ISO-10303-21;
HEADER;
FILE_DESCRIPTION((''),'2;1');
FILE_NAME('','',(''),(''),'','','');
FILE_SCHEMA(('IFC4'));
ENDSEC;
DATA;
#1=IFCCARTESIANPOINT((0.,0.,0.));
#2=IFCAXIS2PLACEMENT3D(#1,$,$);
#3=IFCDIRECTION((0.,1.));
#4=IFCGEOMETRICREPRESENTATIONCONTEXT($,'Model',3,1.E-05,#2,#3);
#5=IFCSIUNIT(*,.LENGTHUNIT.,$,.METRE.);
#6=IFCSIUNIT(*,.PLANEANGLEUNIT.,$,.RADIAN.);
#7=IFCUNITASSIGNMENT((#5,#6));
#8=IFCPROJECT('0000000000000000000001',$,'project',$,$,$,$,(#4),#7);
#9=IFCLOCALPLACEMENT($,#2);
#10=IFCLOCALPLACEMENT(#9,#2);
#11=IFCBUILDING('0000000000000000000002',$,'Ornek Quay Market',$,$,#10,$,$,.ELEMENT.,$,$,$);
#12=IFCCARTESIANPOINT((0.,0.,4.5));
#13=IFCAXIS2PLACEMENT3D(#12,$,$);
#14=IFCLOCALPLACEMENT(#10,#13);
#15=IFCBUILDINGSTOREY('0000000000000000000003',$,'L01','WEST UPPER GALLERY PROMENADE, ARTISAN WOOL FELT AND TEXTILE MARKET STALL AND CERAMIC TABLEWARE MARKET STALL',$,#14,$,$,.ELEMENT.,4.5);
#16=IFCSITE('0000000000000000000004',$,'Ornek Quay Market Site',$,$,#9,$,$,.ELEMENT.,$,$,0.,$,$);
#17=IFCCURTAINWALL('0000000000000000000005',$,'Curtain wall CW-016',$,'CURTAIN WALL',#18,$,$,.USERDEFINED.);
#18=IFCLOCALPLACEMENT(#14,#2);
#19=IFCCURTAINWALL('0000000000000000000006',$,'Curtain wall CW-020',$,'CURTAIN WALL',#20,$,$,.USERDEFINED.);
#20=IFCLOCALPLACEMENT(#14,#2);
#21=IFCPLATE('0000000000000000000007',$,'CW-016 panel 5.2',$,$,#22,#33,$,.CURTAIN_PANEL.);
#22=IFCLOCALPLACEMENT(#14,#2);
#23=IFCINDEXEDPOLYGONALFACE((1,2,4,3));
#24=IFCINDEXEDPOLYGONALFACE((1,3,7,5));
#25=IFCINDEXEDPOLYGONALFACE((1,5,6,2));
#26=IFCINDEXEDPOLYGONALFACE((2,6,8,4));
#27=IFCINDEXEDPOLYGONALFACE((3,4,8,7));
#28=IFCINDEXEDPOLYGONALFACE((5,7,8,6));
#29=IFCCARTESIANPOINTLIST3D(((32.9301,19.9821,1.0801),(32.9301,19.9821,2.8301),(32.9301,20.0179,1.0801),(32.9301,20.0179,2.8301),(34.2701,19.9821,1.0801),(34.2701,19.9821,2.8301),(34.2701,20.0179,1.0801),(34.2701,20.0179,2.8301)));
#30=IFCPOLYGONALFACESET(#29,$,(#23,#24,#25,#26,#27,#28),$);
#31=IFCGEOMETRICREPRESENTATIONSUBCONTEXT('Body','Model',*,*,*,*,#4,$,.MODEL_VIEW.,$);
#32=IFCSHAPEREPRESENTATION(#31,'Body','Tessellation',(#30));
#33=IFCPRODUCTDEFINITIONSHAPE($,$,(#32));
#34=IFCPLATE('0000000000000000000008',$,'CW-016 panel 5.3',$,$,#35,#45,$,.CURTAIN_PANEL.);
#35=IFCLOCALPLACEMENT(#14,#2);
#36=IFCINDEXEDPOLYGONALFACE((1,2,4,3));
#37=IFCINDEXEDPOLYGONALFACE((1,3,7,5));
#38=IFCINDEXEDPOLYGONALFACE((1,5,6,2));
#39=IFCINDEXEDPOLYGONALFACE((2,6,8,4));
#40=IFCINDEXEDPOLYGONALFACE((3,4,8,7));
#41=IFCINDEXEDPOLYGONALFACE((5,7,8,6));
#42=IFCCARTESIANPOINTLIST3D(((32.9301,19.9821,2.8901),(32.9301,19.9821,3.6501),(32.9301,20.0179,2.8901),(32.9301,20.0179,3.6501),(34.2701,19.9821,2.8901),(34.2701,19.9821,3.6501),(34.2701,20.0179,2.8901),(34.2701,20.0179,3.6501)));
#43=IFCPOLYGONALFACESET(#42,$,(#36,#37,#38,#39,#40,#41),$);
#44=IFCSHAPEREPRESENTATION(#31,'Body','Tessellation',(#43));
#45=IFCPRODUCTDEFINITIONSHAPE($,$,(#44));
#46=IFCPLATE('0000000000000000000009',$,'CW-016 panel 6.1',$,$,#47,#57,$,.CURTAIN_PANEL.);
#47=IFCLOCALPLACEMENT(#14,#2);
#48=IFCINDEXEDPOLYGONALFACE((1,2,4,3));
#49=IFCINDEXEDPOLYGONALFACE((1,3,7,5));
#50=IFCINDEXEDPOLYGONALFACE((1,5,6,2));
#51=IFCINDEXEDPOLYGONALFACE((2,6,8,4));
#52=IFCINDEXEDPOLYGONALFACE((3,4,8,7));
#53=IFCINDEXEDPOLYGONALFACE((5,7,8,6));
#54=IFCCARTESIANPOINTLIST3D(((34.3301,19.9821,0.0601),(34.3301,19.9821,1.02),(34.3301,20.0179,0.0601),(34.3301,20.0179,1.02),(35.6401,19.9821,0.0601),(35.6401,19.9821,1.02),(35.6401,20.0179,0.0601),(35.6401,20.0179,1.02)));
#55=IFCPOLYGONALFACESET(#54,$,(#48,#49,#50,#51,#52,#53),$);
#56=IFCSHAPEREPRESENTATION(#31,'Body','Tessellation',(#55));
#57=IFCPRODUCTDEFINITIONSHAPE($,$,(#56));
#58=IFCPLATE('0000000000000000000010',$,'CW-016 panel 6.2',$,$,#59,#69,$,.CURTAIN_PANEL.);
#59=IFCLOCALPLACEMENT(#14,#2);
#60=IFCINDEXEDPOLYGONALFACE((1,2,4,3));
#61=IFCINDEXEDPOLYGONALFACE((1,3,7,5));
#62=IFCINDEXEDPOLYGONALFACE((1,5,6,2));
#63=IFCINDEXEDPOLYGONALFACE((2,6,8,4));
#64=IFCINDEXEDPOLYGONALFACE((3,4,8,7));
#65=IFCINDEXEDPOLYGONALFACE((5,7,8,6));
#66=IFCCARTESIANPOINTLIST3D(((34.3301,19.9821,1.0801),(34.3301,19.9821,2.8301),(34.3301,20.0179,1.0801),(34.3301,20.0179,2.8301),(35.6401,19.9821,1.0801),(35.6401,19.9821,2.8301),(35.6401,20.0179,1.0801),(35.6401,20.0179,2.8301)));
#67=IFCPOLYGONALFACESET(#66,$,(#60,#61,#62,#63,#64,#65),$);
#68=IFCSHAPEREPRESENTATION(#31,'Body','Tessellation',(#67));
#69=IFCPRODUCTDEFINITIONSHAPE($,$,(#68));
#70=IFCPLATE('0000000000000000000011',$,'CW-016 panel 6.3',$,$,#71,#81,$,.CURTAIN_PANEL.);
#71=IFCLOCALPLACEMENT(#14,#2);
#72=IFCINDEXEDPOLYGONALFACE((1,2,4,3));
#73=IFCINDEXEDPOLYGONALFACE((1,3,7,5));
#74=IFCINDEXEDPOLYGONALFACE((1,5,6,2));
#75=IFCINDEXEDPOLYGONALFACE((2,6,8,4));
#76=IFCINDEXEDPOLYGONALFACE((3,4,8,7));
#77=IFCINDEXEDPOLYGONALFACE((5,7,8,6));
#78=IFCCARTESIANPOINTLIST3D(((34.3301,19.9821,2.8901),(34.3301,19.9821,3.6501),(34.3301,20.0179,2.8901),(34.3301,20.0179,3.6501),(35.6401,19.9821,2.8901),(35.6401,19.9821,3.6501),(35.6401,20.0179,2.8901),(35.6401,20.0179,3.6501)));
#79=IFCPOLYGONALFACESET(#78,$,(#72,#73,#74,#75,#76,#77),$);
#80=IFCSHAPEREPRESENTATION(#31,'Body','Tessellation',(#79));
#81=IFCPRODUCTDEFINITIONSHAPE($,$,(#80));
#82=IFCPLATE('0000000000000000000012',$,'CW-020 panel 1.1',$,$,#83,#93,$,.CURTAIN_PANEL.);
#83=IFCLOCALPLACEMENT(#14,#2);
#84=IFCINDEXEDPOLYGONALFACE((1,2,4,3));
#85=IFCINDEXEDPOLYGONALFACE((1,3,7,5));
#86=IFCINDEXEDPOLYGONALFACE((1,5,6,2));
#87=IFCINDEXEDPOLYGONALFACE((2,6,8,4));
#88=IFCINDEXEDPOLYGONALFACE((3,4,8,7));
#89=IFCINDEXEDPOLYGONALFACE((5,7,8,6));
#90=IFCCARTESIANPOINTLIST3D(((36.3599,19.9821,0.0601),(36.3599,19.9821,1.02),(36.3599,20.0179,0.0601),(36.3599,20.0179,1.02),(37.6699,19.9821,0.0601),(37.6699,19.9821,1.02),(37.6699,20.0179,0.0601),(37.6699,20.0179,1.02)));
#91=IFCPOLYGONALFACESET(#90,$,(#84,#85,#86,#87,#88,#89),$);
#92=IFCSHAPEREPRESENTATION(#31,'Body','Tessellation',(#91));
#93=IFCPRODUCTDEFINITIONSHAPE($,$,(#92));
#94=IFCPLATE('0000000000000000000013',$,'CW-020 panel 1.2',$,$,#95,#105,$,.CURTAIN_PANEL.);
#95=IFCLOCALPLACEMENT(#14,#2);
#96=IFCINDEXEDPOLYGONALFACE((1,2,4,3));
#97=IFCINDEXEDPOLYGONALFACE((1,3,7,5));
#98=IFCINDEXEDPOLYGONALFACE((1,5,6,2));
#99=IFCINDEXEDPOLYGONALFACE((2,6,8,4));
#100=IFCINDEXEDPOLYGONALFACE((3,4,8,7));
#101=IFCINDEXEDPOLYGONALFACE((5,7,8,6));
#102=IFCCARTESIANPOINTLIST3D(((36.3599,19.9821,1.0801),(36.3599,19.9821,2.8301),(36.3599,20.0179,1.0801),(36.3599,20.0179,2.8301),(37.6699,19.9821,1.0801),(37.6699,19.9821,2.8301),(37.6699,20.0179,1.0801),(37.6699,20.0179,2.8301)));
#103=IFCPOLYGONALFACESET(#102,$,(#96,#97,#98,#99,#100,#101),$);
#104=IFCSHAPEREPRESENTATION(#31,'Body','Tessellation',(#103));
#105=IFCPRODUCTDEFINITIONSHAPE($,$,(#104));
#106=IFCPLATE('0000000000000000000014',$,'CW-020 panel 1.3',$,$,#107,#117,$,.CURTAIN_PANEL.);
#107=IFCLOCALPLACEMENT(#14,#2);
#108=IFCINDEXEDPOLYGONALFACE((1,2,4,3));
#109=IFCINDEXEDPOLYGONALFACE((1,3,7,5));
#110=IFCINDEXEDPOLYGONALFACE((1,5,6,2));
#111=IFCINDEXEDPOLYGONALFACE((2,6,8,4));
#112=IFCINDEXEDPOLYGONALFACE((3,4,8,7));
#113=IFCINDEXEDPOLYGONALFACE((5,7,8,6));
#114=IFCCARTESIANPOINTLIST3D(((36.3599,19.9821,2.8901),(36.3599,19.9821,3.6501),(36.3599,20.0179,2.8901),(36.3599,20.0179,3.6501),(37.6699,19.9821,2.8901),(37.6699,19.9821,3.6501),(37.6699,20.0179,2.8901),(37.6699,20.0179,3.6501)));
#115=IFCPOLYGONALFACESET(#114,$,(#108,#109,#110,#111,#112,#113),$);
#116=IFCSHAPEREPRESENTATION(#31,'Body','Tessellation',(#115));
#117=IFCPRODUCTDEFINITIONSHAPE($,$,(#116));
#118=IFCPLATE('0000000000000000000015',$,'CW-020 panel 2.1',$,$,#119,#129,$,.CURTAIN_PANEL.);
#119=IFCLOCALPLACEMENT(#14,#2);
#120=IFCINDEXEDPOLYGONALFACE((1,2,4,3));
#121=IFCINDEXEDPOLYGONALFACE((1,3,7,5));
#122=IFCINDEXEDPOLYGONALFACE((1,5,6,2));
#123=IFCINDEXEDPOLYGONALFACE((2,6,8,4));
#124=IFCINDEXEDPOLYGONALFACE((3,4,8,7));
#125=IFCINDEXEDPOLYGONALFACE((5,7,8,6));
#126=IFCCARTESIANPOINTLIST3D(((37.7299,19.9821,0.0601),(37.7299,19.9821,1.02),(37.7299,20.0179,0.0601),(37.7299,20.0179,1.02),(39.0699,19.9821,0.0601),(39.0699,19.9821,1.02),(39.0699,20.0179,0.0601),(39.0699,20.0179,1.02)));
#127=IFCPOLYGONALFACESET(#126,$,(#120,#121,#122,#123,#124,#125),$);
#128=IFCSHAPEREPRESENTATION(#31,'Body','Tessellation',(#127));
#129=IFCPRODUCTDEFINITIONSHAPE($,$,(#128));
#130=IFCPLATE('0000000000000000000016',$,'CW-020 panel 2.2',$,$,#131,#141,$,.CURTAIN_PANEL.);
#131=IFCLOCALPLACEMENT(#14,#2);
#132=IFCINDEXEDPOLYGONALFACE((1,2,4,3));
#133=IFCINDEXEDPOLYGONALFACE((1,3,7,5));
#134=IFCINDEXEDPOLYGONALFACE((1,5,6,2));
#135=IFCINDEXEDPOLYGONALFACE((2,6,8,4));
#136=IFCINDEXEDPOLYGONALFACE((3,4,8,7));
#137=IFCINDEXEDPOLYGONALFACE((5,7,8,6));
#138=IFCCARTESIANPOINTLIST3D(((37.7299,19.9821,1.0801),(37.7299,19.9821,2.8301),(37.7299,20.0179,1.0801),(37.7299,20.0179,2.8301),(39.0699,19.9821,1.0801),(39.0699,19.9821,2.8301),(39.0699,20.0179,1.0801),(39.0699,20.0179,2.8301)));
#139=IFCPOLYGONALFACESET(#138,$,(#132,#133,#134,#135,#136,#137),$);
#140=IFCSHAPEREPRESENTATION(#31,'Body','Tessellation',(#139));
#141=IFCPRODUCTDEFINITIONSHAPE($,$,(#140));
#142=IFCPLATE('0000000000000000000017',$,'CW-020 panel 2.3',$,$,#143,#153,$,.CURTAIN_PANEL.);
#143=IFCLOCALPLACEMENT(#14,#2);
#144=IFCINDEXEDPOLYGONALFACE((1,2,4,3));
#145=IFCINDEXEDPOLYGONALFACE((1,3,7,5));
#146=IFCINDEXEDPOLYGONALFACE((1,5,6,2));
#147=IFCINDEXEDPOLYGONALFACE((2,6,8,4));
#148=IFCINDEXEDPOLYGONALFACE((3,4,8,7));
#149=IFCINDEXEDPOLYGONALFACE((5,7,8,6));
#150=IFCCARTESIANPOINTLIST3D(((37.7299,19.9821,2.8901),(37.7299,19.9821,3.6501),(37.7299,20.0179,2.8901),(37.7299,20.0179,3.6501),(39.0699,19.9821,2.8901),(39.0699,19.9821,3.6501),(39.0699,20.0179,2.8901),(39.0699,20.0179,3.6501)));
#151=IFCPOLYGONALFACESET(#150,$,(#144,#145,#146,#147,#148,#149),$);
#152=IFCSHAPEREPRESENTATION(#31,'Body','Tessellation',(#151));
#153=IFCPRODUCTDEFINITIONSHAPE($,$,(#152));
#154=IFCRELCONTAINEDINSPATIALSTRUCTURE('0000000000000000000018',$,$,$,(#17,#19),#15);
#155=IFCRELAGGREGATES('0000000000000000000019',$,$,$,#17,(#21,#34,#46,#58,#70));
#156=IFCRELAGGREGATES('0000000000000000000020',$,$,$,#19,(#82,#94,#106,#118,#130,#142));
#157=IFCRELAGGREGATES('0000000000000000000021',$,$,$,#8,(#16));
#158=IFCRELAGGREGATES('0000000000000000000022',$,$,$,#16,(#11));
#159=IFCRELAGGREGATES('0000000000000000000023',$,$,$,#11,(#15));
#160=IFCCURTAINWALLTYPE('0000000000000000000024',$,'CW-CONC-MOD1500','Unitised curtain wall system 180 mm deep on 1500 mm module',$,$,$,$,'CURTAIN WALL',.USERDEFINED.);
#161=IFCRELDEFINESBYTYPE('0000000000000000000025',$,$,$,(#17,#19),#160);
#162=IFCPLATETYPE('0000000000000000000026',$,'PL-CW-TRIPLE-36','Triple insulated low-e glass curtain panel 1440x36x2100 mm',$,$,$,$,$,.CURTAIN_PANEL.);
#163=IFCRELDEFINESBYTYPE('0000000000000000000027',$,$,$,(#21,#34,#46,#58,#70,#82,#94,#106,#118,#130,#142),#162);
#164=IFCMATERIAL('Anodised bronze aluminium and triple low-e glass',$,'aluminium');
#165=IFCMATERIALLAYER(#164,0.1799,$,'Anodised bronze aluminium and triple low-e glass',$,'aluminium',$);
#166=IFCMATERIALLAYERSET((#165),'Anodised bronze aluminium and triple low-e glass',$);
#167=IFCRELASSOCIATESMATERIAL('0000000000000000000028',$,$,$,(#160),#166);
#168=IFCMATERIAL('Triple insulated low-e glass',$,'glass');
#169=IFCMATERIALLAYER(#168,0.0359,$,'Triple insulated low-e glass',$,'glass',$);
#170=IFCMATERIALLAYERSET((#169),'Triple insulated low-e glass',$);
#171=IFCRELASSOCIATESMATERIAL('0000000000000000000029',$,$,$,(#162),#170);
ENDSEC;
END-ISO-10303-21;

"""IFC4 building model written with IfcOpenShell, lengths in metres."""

from ifc_helpers import new_model, si_unit, direction, frame, origin, origin_2d, place, context, subcontext, project, spatial, rectangle, extrude, material, layer, layer_set, type_object, element, aggregate, save


model = new_model("IFC4")

# Units and contexts
model_context = context("Model", 3, precision=1e-05, world=origin(), true_north=direction((0.0, 1.0)))
body_context = subcontext(model_context, "Body", "Model", "MODEL_VIEW")
ifc_project = project(units=[si_unit("LENGTHUNIT", "METRE"), si_unit("PLANEANGLEUNIT", "RADIAN")], contexts=[model_context])

# Site, building, storey
site_placement = place(None, origin())
site = spatial("IfcSite", under=ifc_project, at=site_placement, Name="Ornek Quay Market Site", CompositionType="ELEMENT", RefElevation=0.0)
building_placement = place(site_placement, origin())
building = spatial("IfcBuilding", under=site, at=building_placement, Name="Ornek Quay Market", CompositionType="ELEMENT")
storey_placement = place(building_placement, frame((0.0, 0.0, 4.5)))
storey = spatial("IfcBuildingStorey", under=building, at=storey_placement, Name="L01", Description="WEST UPPER GALLERY PROMENADE, ARTISAN WOOL FELT AND TEXTILE MARKET STALL AND CERAMIC TABLEWARE MARKET STALL", CompositionType="ELEMENT", Elevation=4.5)

# Curtain walls
ifc_material_1 = material(Name="Anodised bronze aluminium and triple low-e glass", Category="aluminium")
ifc_layer_1 = layer(ifc_material_1, 0.1799, Name="Anodised bronze aluminium and triple low-e glass", Category="aluminium")
ifc_layer_set_1 = layer_set([ifc_layer_1], Name="Anodised bronze aluminium and triple low-e glass")
curtain_wall_type = type_object("IfcCurtainWallType", Name="CW-CONC-MOD1500", Description="Unitised curtain wall system 180 mm deep on 1500 mm module", ElementType="CURTAIN WALL", PredefinedType="USERDEFINED", material=ifc_layer_set_1)
curtain_wall_1_placement = place(storey_placement, origin())
curtain_wall_1 = element("IfcCurtainWall", 1, at=curtain_wall_1_placement, inside=storey, type_object=curtain_wall_type, Name="Curtain wall CW-016", ObjectType="CURTAIN WALL", PredefinedType="USERDEFINED")
curtain_wall_2_placement = place(storey_placement, origin())
curtain_wall_2 = element("IfcCurtainWall", 2, at=curtain_wall_2_placement, inside=storey, type_object=curtain_wall_type, Name="Curtain wall CW-020", ObjectType="CURTAIN WALL", PredefinedType="USERDEFINED")

# Plates
ifc_material_2 = material(Name="Triple insulated low-e glass", Category="glass")
ifc_layer_2 = layer(ifc_material_2, 0.0359, Name="Triple insulated low-e glass", Category="glass")
ifc_layer_set_2 = layer_set([ifc_layer_2], Name="Triple insulated low-e glass")
plate_type = type_object("IfcPlateType", Name="PL-CW-TRIPLE-36", Description="Triple insulated low-e glass curtain panel 1440x36x2100 mm", PredefinedType="CURTAIN_PANEL", material=ifc_layer_set_2)
plate_1_placement = place(storey_placement, frame((33.6001, 20.0, 1.0801), z_axis=(0.0, 0.0, 1.0), x_axis=(1.0, 0.0, 0.0)))
plate_1 = element("IfcPlate", 3, at=plate_1_placement, type_object=plate_type, Name="CW-016 panel 5.2", PredefinedType="CURTAIN_PANEL", context=body_context, shape_type="SweptSolid", body=[
    extrude(rectangle(XDim=1.3401, YDim=0.0359, at=origin_2d()), origin(), (0.0, 0.0, 1.0), 1.75),
])
plate_2_placement = place(storey_placement, frame((33.6001, 20.0, 2.8901), z_axis=(0.0, 0.0, 1.0), x_axis=(1.0, 0.0, 0.0)))
plate_2 = element("IfcPlate", 4, at=plate_2_placement, type_object=plate_type, Name="CW-016 panel 5.3", PredefinedType="CURTAIN_PANEL", context=body_context, shape_type="SweptSolid", body=[
    extrude(rectangle(XDim=1.3401, YDim=0.0359, at=origin_2d()), origin(), (0.0, 0.0, 1.0), 0.76),
])
plate_3_placement = place(storey_placement, frame((34.9851, 20.0, 0.0601), z_axis=(0.0, 0.0, 1.0), x_axis=(1.0, 0.0, 0.0)))
plate_3 = element("IfcPlate", 5, at=plate_3_placement, type_object=plate_type, Name="CW-016 panel 6.1", PredefinedType="CURTAIN_PANEL", context=body_context, shape_type="SweptSolid", body=[
    extrude(rectangle(XDim=1.3101, YDim=0.0359, at=origin_2d()), origin(), (0.0, 0.0, 1.0), 0.96),
])
plate_4_placement = place(storey_placement, frame((34.9851, 20.0, 1.0801), z_axis=(0.0, 0.0, 1.0), x_axis=(1.0, 0.0, 0.0)))
plate_4 = element("IfcPlate", 6, at=plate_4_placement, type_object=plate_type, Name="CW-016 panel 6.2", PredefinedType="CURTAIN_PANEL", context=body_context, shape_type="SweptSolid", body=[
    extrude(rectangle(XDim=1.3101, YDim=0.0359, at=origin_2d()), origin(), (0.0, 0.0, 1.0), 1.75),
])
plate_5_placement = place(storey_placement, frame((34.9851, 20.0, 2.8901), z_axis=(0.0, 0.0, 1.0), x_axis=(1.0, 0.0, 0.0)))
plate_5 = element("IfcPlate", 7, at=plate_5_placement, type_object=plate_type, Name="CW-016 panel 6.3", PredefinedType="CURTAIN_PANEL", context=body_context, shape_type="SweptSolid", body=[
    extrude(rectangle(XDim=1.3101, YDim=0.0359, at=origin_2d()), origin(), (0.0, 0.0, 1.0), 0.76),
])
aggregate(curtain_wall_1, [plate_1, plate_2, plate_3, plate_4, plate_5])
plate_6_placement = place(storey_placement, frame((37.0149, 20.0, 0.0601), z_axis=(0.0, 0.0, 1.0), x_axis=(1.0, 0.0, 0.0)))
plate_6 = element("IfcPlate", 8, at=plate_6_placement, type_object=plate_type, Name="CW-020 panel 1.1", PredefinedType="CURTAIN_PANEL", context=body_context, shape_type="SweptSolid", body=[
    extrude(rectangle(XDim=1.3101, YDim=0.0359, at=origin_2d()), origin(), (0.0, 0.0, 1.0), 0.96),
])
plate_7_placement = place(storey_placement, frame((37.0149, 20.0, 1.0801), z_axis=(0.0, 0.0, 1.0), x_axis=(1.0, 0.0, 0.0)))
plate_7 = element("IfcPlate", 9, at=plate_7_placement, type_object=plate_type, Name="CW-020 panel 1.2", PredefinedType="CURTAIN_PANEL", context=body_context, shape_type="SweptSolid", body=[
    extrude(rectangle(XDim=1.3101, YDim=0.0359, at=origin_2d()), origin(), (0.0, 0.0, 1.0), 1.75),
])
plate_8_placement = place(storey_placement, frame((37.0149, 20.0, 2.8901), z_axis=(0.0, 0.0, 1.0), x_axis=(1.0, 0.0, 0.0)))
plate_8 = element("IfcPlate", 10, at=plate_8_placement, type_object=plate_type, Name="CW-020 panel 1.3", PredefinedType="CURTAIN_PANEL", context=body_context, shape_type="SweptSolid", body=[
    extrude(rectangle(XDim=1.3101, YDim=0.0359, at=origin_2d()), origin(), (0.0, 0.0, 1.0), 0.76),
])
plate_9_placement = place(storey_placement, frame((38.3999, 20.0, 0.0601), z_axis=(0.0, 0.0, 1.0), x_axis=(1.0, 0.0, 0.0)))
plate_9 = element("IfcPlate", 11, at=plate_9_placement, type_object=plate_type, Name="CW-020 panel 2.1", PredefinedType="CURTAIN_PANEL", context=body_context, shape_type="SweptSolid", body=[
    extrude(rectangle(XDim=1.3401, YDim=0.0359, at=origin_2d()), origin(), (0.0, 0.0, 1.0), 0.96),
])
plate_10_placement = place(storey_placement, frame((38.3999, 20.0, 1.0801), z_axis=(0.0, 0.0, 1.0), x_axis=(1.0, 0.0, 0.0)))
plate_10 = element("IfcPlate", 12, at=plate_10_placement, type_object=plate_type, Name="CW-020 panel 2.2", PredefinedType="CURTAIN_PANEL", context=body_context, shape_type="SweptSolid", body=[
    extrude(rectangle(XDim=1.3401, YDim=0.0359, at=origin_2d()), origin(), (0.0, 0.0, 1.0), 1.75),
])
plate_11_placement = place(storey_placement, frame((38.3999, 20.0, 2.8901), z_axis=(0.0, 0.0, 1.0), x_axis=(1.0, 0.0, 0.0)))
plate_11 = element("IfcPlate", 13, at=plate_11_placement, type_object=plate_type, Name="CW-020 panel 2.3", PredefinedType="CURTAIN_PANEL", context=body_context, shape_type="SweptSolid", body=[
    extrude(rectangle(XDim=1.3401, YDim=0.0359, at=origin_2d()), origin(), (0.0, 0.0, 1.0), 0.76),
])
aggregate(curtain_wall_2, [plate_6, plate_7, plate_8, plate_9, plate_10, plate_11])

save(model, "model.ifc")
